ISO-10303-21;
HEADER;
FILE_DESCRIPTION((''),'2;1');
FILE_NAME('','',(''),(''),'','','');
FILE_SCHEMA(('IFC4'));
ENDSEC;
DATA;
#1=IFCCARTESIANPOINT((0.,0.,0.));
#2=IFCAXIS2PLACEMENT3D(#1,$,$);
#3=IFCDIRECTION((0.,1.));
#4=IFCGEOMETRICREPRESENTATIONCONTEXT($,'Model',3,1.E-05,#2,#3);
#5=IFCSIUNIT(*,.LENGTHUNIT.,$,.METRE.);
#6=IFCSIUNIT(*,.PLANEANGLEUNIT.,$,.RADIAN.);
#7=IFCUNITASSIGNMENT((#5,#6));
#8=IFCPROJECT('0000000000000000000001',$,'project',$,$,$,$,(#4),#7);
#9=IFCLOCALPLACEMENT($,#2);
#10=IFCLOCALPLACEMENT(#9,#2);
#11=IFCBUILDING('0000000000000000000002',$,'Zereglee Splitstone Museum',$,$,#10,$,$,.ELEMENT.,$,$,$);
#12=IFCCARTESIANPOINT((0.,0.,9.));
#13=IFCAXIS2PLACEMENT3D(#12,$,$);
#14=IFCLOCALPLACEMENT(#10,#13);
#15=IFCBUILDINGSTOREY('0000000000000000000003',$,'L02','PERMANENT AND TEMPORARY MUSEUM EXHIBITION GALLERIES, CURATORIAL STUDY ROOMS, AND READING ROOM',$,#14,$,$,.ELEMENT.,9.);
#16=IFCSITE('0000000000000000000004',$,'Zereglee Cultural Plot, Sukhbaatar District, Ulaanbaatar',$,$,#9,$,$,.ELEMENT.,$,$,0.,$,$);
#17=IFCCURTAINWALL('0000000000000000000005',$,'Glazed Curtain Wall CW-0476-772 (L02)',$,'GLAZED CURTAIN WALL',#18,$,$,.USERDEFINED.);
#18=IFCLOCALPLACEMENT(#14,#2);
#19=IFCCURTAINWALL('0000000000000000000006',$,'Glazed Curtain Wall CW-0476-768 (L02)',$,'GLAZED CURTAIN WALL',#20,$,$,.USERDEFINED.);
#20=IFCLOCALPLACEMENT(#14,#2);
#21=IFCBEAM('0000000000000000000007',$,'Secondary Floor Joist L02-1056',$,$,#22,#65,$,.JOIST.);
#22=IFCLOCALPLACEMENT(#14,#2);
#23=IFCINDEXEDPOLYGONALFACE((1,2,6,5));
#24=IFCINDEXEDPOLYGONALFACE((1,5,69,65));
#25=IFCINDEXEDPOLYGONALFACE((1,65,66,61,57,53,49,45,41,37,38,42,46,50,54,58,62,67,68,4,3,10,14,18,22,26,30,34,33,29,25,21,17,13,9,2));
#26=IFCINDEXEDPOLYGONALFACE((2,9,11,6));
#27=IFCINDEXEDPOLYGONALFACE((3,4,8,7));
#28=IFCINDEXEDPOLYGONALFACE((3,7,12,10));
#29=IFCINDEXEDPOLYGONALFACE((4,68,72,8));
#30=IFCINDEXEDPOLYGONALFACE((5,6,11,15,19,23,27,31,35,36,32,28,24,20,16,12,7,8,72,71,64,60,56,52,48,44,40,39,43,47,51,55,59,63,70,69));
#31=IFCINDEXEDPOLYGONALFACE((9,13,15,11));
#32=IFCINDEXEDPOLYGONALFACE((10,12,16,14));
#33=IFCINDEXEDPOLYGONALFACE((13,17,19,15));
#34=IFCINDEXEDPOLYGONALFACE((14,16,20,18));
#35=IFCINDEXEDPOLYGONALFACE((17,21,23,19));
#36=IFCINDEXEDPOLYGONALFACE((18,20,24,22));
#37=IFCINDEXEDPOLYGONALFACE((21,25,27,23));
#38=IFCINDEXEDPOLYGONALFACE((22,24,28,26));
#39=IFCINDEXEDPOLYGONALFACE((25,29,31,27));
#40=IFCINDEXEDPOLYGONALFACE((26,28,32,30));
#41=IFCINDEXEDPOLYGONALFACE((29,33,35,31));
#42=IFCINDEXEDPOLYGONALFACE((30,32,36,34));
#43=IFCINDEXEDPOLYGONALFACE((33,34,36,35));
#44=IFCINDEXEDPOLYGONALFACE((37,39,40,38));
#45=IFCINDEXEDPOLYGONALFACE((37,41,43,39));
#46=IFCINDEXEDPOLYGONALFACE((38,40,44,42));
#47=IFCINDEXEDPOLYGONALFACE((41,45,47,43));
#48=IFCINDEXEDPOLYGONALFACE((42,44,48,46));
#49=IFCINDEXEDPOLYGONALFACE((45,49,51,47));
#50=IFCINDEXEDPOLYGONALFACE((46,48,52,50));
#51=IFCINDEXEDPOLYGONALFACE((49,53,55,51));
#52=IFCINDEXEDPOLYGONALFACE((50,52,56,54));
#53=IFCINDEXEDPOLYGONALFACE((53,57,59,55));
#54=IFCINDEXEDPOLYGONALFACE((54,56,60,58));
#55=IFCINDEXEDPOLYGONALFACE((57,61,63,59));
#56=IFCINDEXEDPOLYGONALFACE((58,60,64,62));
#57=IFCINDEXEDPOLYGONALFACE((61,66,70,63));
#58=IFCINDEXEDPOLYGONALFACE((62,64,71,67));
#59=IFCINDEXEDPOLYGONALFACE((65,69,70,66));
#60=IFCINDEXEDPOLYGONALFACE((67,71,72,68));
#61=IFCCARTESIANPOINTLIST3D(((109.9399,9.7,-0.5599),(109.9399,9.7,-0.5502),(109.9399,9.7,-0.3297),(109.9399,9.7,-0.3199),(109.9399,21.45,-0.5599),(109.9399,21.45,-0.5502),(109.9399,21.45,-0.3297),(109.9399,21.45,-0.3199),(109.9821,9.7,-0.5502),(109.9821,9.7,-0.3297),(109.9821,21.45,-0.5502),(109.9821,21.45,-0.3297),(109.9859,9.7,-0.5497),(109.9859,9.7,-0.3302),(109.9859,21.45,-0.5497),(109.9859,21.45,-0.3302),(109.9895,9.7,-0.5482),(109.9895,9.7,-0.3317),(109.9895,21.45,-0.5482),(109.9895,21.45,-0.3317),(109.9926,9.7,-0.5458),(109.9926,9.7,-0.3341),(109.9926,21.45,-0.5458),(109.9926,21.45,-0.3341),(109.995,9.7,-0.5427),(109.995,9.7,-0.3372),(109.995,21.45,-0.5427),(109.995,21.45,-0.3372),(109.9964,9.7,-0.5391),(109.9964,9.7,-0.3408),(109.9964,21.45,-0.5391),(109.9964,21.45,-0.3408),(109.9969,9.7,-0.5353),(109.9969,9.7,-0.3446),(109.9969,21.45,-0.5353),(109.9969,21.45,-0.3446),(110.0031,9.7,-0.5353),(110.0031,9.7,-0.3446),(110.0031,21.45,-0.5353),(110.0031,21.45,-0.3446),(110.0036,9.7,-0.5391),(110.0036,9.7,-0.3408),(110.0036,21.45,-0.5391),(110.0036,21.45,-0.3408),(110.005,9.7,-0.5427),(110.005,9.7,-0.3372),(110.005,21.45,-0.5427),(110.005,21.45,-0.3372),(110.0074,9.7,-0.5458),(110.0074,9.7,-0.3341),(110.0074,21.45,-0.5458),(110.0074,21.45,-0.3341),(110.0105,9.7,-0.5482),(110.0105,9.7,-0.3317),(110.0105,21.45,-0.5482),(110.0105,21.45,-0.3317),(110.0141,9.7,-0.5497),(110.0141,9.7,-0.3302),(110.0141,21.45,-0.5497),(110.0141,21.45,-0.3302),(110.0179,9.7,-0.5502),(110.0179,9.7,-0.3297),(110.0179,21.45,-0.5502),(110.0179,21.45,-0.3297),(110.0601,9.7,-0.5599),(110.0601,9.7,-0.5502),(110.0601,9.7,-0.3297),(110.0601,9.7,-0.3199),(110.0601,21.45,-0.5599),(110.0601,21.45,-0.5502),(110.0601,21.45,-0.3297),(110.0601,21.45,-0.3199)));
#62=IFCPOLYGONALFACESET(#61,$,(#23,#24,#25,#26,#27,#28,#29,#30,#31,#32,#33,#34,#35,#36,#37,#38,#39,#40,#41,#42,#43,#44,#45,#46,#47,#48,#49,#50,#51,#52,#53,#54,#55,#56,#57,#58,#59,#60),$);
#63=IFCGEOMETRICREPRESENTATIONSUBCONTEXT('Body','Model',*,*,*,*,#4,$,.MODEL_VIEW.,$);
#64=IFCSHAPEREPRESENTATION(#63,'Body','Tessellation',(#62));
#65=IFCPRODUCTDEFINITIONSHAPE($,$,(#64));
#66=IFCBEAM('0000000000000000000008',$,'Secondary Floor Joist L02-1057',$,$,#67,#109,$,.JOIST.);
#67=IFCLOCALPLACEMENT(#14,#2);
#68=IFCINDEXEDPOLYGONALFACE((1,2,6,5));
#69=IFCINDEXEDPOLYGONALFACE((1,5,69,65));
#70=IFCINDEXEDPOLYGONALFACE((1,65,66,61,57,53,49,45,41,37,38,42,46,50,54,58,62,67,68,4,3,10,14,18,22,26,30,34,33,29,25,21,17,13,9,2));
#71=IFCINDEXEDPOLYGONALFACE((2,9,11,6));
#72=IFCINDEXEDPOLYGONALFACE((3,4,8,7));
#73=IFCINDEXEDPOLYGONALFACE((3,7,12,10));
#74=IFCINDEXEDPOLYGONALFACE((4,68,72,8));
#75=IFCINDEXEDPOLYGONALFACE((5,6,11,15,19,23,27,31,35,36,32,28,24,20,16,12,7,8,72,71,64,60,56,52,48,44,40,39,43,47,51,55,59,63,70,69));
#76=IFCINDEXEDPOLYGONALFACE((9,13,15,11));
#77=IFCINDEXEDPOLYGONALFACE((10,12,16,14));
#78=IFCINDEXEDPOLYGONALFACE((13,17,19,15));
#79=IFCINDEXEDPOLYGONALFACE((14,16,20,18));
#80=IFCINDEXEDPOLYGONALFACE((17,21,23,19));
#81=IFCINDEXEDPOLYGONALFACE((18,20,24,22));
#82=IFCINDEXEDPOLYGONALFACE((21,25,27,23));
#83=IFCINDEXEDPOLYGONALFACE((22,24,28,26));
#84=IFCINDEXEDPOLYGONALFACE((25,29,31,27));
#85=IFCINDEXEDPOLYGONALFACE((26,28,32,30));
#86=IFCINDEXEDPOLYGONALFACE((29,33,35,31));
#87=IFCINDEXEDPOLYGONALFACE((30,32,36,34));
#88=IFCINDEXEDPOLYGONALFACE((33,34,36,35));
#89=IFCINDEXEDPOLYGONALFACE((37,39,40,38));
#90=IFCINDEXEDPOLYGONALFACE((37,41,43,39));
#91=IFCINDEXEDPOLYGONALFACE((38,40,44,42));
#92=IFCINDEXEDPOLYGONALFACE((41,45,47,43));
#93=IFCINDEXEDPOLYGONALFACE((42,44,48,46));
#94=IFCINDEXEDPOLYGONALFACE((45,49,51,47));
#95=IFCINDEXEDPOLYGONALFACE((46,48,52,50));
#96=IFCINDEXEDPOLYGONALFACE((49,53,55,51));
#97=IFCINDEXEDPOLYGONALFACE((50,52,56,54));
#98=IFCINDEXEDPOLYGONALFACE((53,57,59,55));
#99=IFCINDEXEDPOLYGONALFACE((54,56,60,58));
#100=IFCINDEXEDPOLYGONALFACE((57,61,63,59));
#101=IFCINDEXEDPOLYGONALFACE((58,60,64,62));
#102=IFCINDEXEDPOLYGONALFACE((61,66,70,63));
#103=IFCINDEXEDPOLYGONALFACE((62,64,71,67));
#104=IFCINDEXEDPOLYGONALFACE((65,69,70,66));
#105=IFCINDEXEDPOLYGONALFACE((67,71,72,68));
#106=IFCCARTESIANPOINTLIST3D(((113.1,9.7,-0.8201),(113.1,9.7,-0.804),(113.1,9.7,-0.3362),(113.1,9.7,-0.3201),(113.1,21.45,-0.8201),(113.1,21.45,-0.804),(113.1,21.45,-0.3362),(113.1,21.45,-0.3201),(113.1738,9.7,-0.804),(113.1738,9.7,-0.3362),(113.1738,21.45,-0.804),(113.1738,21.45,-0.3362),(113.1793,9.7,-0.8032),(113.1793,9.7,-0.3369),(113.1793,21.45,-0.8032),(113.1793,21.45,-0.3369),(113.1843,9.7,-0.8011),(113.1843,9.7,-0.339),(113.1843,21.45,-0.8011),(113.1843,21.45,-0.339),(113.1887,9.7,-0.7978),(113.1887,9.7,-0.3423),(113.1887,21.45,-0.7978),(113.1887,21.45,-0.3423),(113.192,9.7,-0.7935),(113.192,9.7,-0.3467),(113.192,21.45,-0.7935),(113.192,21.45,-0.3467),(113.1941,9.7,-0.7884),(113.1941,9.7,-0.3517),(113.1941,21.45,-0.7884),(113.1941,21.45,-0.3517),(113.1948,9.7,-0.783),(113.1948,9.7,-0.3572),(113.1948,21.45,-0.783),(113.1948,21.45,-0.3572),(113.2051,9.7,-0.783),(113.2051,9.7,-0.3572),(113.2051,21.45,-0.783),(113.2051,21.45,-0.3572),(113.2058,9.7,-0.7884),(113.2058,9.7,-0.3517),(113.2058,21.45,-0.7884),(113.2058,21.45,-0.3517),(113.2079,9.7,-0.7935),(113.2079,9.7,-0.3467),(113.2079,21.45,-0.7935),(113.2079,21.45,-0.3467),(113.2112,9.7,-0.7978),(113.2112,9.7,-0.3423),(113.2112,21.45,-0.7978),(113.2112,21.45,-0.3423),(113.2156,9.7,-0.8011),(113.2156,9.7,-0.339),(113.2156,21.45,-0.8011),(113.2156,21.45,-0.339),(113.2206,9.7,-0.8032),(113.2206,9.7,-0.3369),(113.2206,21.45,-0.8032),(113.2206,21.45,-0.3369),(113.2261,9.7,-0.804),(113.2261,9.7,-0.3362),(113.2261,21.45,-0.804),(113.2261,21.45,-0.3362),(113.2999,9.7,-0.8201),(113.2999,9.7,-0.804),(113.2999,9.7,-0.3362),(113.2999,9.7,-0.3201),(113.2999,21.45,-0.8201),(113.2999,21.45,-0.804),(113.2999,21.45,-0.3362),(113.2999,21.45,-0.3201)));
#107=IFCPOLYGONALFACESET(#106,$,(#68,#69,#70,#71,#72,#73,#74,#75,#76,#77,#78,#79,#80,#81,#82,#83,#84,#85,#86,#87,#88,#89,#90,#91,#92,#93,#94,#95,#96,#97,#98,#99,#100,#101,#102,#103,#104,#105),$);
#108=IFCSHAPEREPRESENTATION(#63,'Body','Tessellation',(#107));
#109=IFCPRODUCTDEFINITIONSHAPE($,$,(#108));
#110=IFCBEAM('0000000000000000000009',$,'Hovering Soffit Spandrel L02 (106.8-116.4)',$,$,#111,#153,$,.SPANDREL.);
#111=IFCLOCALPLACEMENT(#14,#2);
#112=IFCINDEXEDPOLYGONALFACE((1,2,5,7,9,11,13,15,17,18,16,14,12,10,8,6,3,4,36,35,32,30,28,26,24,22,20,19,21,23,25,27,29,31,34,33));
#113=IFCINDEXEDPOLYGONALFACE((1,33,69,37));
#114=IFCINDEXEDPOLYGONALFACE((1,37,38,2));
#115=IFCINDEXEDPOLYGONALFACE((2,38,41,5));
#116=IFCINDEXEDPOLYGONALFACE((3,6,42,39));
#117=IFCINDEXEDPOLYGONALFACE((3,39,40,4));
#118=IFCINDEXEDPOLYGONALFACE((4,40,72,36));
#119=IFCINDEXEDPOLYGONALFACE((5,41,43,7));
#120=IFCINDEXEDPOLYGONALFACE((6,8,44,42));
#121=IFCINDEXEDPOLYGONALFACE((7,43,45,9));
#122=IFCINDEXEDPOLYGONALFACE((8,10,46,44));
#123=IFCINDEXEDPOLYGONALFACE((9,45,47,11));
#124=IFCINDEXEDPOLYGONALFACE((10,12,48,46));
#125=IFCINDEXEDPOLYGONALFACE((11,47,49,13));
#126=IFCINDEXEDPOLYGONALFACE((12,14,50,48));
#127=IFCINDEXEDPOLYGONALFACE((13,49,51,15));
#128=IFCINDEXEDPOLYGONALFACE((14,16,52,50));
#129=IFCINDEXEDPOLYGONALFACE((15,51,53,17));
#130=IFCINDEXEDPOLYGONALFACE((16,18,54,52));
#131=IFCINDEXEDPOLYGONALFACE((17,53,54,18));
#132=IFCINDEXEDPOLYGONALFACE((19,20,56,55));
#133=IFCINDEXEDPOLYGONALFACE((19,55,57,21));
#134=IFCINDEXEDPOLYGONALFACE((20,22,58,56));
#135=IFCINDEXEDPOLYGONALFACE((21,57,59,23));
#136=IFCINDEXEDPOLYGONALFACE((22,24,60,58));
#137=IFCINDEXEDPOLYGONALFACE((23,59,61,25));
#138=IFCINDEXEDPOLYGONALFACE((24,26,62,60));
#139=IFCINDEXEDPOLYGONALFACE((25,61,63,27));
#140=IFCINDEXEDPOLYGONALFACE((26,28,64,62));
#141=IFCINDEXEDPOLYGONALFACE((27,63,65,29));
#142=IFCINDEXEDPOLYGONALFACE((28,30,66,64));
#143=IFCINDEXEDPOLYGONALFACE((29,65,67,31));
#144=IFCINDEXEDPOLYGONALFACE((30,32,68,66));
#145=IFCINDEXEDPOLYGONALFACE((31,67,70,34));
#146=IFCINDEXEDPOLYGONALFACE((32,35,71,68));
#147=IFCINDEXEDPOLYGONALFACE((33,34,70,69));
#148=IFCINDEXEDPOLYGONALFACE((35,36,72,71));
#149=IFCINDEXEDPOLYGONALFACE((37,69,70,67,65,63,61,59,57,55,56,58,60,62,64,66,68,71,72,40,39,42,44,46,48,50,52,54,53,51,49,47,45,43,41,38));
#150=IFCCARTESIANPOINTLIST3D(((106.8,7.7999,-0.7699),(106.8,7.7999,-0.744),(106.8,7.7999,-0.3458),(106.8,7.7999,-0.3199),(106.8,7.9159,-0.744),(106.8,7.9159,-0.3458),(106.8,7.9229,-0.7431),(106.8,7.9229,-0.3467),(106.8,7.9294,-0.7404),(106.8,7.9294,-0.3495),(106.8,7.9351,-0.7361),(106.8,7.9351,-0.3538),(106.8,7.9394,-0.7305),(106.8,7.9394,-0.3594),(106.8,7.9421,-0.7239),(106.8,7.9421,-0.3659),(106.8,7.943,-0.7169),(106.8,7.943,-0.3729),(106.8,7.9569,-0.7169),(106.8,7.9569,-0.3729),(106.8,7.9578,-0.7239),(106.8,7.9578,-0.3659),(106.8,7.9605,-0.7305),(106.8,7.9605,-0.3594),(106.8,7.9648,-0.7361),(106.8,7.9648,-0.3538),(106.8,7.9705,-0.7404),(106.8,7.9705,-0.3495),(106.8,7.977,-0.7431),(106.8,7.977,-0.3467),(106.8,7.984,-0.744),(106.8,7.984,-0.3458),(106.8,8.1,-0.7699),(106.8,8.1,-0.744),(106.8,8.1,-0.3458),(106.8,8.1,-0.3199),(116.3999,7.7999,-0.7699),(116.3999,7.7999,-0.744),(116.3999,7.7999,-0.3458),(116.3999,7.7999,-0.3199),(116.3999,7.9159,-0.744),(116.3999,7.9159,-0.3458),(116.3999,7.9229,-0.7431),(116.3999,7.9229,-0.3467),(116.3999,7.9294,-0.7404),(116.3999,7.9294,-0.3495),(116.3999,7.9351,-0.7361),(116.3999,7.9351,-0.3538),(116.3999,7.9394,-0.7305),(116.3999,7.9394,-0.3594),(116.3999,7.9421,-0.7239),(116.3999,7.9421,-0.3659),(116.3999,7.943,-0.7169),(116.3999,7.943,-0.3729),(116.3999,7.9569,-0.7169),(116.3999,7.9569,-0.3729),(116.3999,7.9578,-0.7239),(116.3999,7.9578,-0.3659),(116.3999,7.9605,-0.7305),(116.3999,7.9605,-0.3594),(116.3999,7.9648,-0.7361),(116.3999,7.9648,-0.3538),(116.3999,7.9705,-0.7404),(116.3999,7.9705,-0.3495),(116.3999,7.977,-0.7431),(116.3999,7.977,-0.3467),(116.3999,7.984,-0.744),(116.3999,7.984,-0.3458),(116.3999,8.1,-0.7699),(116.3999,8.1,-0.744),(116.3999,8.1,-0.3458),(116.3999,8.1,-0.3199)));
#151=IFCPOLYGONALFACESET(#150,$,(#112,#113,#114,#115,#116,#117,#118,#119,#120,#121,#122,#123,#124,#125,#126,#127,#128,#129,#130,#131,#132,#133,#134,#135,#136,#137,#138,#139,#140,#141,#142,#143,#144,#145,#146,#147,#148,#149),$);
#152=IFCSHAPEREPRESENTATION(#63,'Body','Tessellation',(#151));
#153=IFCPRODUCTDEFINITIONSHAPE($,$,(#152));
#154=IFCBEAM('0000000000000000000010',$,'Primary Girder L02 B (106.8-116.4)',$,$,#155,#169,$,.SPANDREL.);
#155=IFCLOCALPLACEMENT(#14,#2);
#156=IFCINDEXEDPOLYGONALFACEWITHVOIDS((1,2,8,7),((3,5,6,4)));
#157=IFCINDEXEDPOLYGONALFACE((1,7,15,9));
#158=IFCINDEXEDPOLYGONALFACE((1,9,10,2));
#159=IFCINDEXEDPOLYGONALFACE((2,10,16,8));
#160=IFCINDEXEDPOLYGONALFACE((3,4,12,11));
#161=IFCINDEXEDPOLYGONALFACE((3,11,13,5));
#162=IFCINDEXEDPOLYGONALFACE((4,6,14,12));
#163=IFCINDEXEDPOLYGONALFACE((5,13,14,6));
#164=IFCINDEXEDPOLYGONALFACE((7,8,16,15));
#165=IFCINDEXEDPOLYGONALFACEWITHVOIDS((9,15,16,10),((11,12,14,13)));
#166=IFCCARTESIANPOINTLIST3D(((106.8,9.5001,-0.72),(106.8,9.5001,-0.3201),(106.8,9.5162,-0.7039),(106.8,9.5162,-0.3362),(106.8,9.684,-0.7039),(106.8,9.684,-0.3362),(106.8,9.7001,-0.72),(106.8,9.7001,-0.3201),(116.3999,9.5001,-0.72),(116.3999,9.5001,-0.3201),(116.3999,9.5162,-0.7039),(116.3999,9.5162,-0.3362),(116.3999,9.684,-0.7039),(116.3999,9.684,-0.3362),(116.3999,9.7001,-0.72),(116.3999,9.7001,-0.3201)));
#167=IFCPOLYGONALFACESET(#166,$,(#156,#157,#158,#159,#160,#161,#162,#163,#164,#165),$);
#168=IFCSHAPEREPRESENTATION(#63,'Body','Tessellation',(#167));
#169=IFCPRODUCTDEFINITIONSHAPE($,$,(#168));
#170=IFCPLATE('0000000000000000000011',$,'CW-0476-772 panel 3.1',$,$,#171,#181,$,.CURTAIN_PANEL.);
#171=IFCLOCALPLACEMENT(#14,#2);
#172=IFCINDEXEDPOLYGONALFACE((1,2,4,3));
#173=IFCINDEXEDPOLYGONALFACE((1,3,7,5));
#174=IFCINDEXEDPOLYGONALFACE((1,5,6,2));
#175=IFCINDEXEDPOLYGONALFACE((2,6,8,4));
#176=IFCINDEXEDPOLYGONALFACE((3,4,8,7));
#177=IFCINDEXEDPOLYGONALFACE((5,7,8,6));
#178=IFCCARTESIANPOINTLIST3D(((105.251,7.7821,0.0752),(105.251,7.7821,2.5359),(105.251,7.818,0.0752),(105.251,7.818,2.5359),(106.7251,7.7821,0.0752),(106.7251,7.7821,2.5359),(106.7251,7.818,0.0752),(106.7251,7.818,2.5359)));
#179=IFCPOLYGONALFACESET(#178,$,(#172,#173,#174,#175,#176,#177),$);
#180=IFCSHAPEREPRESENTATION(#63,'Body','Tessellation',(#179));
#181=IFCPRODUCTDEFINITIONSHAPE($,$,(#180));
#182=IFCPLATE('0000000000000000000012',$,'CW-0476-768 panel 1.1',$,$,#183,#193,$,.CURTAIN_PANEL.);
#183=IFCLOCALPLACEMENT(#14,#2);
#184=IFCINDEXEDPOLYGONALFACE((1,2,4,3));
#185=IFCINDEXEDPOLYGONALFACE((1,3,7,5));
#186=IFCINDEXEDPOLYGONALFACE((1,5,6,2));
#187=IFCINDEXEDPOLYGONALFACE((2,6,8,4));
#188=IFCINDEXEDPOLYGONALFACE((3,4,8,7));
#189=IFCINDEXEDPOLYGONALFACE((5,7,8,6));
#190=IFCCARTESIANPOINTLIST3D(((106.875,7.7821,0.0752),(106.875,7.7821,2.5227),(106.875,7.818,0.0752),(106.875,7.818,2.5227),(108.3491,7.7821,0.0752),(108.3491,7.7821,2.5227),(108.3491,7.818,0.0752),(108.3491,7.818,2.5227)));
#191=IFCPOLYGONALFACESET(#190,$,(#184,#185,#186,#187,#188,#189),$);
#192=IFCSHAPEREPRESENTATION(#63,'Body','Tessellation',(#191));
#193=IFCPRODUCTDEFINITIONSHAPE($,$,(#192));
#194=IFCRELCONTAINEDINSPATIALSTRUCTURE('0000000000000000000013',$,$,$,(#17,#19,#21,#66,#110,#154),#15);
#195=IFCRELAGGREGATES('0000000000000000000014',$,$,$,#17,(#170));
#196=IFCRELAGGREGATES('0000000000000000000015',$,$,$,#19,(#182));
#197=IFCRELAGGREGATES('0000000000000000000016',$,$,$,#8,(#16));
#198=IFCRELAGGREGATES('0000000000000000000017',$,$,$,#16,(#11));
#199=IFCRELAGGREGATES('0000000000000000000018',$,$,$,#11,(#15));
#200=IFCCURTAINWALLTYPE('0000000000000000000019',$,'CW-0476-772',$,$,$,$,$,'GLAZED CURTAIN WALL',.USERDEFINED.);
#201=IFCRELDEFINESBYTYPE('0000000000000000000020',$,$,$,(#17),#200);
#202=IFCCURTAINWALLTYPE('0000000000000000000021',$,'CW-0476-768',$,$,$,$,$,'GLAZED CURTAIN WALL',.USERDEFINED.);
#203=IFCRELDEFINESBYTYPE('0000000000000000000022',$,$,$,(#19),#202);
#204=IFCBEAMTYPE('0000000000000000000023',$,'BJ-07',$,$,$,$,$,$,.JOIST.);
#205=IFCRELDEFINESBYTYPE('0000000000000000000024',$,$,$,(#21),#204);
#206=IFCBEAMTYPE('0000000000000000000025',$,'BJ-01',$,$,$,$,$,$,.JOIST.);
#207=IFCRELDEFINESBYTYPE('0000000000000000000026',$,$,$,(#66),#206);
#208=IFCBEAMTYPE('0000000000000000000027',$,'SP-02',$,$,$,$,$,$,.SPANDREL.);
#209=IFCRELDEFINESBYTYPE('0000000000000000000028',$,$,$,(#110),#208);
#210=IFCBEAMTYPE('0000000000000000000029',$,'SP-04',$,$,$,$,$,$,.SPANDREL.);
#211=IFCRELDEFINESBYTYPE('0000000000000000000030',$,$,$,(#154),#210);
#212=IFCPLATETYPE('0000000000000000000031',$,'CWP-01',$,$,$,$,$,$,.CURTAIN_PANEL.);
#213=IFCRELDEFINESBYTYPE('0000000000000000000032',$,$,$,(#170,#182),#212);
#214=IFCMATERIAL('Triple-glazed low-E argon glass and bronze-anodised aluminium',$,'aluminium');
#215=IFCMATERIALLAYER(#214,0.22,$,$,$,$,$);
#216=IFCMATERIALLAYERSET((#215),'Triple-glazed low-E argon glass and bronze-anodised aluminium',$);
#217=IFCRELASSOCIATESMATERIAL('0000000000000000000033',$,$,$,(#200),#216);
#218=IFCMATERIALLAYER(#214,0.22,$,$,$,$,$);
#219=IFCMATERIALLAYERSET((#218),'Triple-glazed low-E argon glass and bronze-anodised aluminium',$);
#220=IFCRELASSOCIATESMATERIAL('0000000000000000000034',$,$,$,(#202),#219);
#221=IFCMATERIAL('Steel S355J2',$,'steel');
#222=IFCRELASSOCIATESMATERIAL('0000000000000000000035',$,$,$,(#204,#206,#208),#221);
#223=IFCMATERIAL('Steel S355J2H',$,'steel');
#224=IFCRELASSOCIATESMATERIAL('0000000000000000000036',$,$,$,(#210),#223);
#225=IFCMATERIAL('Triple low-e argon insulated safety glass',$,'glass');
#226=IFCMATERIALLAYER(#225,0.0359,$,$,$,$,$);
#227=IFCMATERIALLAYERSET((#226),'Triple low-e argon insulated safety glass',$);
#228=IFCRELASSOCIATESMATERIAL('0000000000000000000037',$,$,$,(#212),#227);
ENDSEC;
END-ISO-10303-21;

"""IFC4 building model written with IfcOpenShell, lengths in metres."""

from ifc_helpers import new_model, si_unit, direction, frame, origin, origin_2d, place, context, subcontext, project, spatial, rectangle, hollow_rectangle, i_section, extrude, material, layer, layer_set, material_profile, profile_set, type_object, element, aggregate, save


model = new_model("IFC4")

# Units and contexts
model_context = context("Model", 3, precision=1e-05, world=origin(), true_north=direction((0.0, 1.0)))
body_context = subcontext(model_context, "Body", "Model", "MODEL_VIEW")
ifc_project = project(units=[si_unit("LENGTHUNIT", "METRE"), si_unit("PLANEANGLEUNIT", "RADIAN")], contexts=[model_context])

# Site, building, storey
site_placement = place(None, origin())
site = spatial("IfcSite", under=ifc_project, at=site_placement, Name="Zereglee Cultural Plot, Sukhbaatar District, Ulaanbaatar", CompositionType="ELEMENT", RefElevation=0.0)
building_placement = place(site_placement, origin())
building = spatial("IfcBuilding", under=site, at=building_placement, Name="Zereglee Splitstone Museum", CompositionType="ELEMENT")
storey_placement = place(building_placement, frame((0.0, 0.0, 9.0)))
storey = spatial("IfcBuildingStorey", under=building, at=storey_placement, Name="L02", Description="PERMANENT AND TEMPORARY MUSEUM EXHIBITION GALLERIES, CURATORIAL STUDY ROOMS, AND READING ROOM", CompositionType="ELEMENT", Elevation=9.0)

# Shared definitions
ifc_material_1 = material(Name="Steel S355J2", Category="steel")

# Curtain wall
ifc_material_2 = material(Name="Triple-glazed low-E argon glass and bronze-anodised aluminium", Category="aluminium")
ifc_layer_1 = layer(ifc_material_2, 0.22)
ifc_layer_set_1 = layer_set([ifc_layer_1], Name="Triple-glazed low-E argon glass and bronze-anodised aluminium")
curtain_wall_type_1 = type_object("IfcCurtainWallType", Name="CW-0476-772", ElementType="GLAZED CURTAIN WALL", PredefinedType="USERDEFINED", material=ifc_layer_set_1)
curtain_wall_1_placement = place(storey_placement, origin())
curtain_wall_1 = element("IfcCurtainWall", 1, at=curtain_wall_1_placement, inside=storey, type_object=curtain_wall_type_1, Name="Glazed Curtain Wall CW-0476-772 (L02)", ObjectType="GLAZED CURTAIN WALL", PredefinedType="USERDEFINED")

# Curtain wall
ifc_layer_2 = layer(ifc_material_2, 0.22)
ifc_layer_set_2 = layer_set([ifc_layer_2], Name="Triple-glazed low-E argon glass and bronze-anodised aluminium")
curtain_wall_type_2 = type_object("IfcCurtainWallType", Name="CW-0476-768", ElementType="GLAZED CURTAIN WALL", PredefinedType="USERDEFINED", material=ifc_layer_set_2)
curtain_wall_2_placement = place(storey_placement, origin())
curtain_wall_2 = element("IfcCurtainWall", 2, at=curtain_wall_2_placement, inside=storey, type_object=curtain_wall_type_2, Name="Glazed Curtain Wall CW-0476-768 (L02)", ObjectType="GLAZED CURTAIN WALL", PredefinedType="USERDEFINED")

# Beams
ifc_material_profile_1 = material_profile(ifc_material_1, i_section(OverallWidth=0.1201, OverallDepth=0.24, WebThickness=0.0061, FlangeThickness=0.0098, FilletRadius=0.0149, at=origin_2d()), Name="IPE 240")
ifc_profile_set_1 = profile_set([ifc_material_profile_1], Name="Steel S355J2")
beam_type_1 = type_object("IfcBeamType", Name="BJ-07", PredefinedType="JOIST", material=ifc_profile_set_1)
beam_1_placement = place(storey_placement, frame((110.0, 9.7, -0.4399), z_axis=(0.0, 1.0, 0.0), x_axis=(-1.0, 0.0, 0.0)))
element("IfcBeam", 3, at=beam_1_placement, inside=storey, type_object=beam_type_1, Name="Secondary Floor Joist L02-1056", PredefinedType="JOIST", context=body_context, shape_type="SweptSolid", body=[
    extrude(i_section(OverallWidth=0.1201, OverallDepth=0.24, WebThickness=0.0061, FlangeThickness=0.0098, FilletRadius=0.0149, at=origin_2d()), origin(), (0.0, 0.0, 1.0), 11.75),
])
ifc_material_profile_2 = material_profile(ifc_material_1, i_section(OverallWidth=0.2, OverallDepth=0.5, WebThickness=0.0103, FlangeThickness=0.0161, FilletRadius=0.021, at=origin_2d()), Name="IPE 500")
ifc_profile_set_2 = profile_set([ifc_material_profile_2], Name="Steel S355J2")
beam_type_2 = type_object("IfcBeamType", Name="BJ-01", PredefinedType="JOIST", material=ifc_profile_set_2)
beam_2_placement = place(storey_placement, frame((113.2, 9.7, -0.5701), z_axis=(0.0, 1.0, 0.0), x_axis=(-1.0, 0.0, 0.0)))
element("IfcBeam", 4, at=beam_2_placement, inside=storey, type_object=beam_type_2, Name="Secondary Floor Joist L02-1057", PredefinedType="JOIST", context=body_context, shape_type="SweptSolid", body=[
    extrude(i_section(OverallWidth=0.2, OverallDepth=0.5, WebThickness=0.0103, FlangeThickness=0.0161, FilletRadius=0.021, at=origin_2d()), origin(), (0.0, 0.0, 1.0), 11.75),
])
ifc_material_profile_3 = material_profile(ifc_material_1, i_section(OverallWidth=0.3, OverallDepth=0.45, WebThickness=0.0139, FlangeThickness=0.0259, FilletRadius=0.0271, at=origin_2d()), Name="HE 450 B")
ifc_profile_set_3 = profile_set([ifc_material_profile_3], Name="Steel S355J2")
beam_type_3 = type_object("IfcBeamType", Name="SP-02", PredefinedType="SPANDREL", material=ifc_profile_set_3)
beam_3_placement = place(storey_placement, frame((106.8, 7.95, -0.5449), z_axis=(1.0, 0.0, 0.0), x_axis=(0.0, 1.0, 0.0)))
element("IfcBeam", 5, at=beam_3_placement, inside=storey, type_object=beam_type_3, Name="Hovering Soffit Spandrel L02 (106.8-116.4)", PredefinedType="SPANDREL", context=body_context, shape_type="SweptSolid", body=[
    extrude(i_section(OverallWidth=0.3, OverallDepth=0.45, WebThickness=0.0139, FlangeThickness=0.0259, FilletRadius=0.0271, at=origin_2d()), origin(), (0.0, 0.0, 1.0), 9.5999),
])
ifc_material_3 = material(Name="Steel S355J2H", Category="steel")
ifc_material_profile_4 = material_profile(ifc_material_3, hollow_rectangle(XDim=0.2, YDim=0.3999, WallThickness=0.0161, at=origin_2d()), Name="RHS 400x200x16")
ifc_profile_set_4 = profile_set([ifc_material_profile_4], Name="Steel S355J2H")
beam_type_4 = type_object("IfcBeamType", Name="SP-04", PredefinedType="SPANDREL", material=ifc_profile_set_4)
beam_4_placement = place(storey_placement, frame((106.8, 9.6001, -0.52), z_axis=(1.0, 0.0, 0.0), x_axis=(0.0, 1.0, 0.0)))
element("IfcBeam", 6, at=beam_4_placement, inside=storey, type_object=beam_type_4, Name="Primary Girder L02 B (106.8-116.4)", PredefinedType="SPANDREL", context=body_context, shape_type="SweptSolid", body=[
    extrude(hollow_rectangle(XDim=0.2, YDim=0.3999, WallThickness=0.0161, at=origin_2d()), origin(), (0.0, 0.0, 1.0), 9.5999),
])

# Plates
ifc_material_4 = material(Name="Triple low-e argon insulated safety glass", Category="glass")
ifc_layer_3 = layer(ifc_material_4, 0.0359)
ifc_layer_set_3 = layer_set([ifc_layer_3], Name="Triple low-e argon insulated safety glass")
plate_type = type_object("IfcPlateType", Name="CWP-01", PredefinedType="CURTAIN_PANEL", material=ifc_layer_set_3)
plate_1_placement = place(storey_placement, frame((105.988, 7.8, 0.0752), z_axis=(0.0, 0.0, 1.0), x_axis=(1.0, 0.0, 0.0)))
plate_1 = element("IfcPlate", 7, at=plate_1_placement, type_object=plate_type, Name="CW-0476-772 panel 3.1", PredefinedType="CURTAIN_PANEL", context=body_context, shape_type="SweptSolid", body=[
    extrude(rectangle(XDim=1.4741, YDim=0.0359, at=origin_2d()), origin(), (0.0, 0.0, 1.0), 2.4607),
])
aggregate(curtain_wall_1, [plate_1])
plate_2_placement = place(storey_placement, frame((107.6121, 7.8, 0.0752), z_axis=(0.0, 0.0, 1.0), x_axis=(1.0, 0.0, 0.0)))
plate_2 = element("IfcPlate", 8, at=plate_2_placement, type_object=plate_type, Name="CW-0476-768 panel 1.1", PredefinedType="CURTAIN_PANEL", context=body_context, shape_type="SweptSolid", body=[
    extrude(rectangle(XDim=1.4741, YDim=0.0359, at=origin_2d()), origin(), (0.0, 0.0, 1.0), 2.4475),
])
aggregate(curtain_wall_2, [plate_2])

save(model, "model.ifc")
